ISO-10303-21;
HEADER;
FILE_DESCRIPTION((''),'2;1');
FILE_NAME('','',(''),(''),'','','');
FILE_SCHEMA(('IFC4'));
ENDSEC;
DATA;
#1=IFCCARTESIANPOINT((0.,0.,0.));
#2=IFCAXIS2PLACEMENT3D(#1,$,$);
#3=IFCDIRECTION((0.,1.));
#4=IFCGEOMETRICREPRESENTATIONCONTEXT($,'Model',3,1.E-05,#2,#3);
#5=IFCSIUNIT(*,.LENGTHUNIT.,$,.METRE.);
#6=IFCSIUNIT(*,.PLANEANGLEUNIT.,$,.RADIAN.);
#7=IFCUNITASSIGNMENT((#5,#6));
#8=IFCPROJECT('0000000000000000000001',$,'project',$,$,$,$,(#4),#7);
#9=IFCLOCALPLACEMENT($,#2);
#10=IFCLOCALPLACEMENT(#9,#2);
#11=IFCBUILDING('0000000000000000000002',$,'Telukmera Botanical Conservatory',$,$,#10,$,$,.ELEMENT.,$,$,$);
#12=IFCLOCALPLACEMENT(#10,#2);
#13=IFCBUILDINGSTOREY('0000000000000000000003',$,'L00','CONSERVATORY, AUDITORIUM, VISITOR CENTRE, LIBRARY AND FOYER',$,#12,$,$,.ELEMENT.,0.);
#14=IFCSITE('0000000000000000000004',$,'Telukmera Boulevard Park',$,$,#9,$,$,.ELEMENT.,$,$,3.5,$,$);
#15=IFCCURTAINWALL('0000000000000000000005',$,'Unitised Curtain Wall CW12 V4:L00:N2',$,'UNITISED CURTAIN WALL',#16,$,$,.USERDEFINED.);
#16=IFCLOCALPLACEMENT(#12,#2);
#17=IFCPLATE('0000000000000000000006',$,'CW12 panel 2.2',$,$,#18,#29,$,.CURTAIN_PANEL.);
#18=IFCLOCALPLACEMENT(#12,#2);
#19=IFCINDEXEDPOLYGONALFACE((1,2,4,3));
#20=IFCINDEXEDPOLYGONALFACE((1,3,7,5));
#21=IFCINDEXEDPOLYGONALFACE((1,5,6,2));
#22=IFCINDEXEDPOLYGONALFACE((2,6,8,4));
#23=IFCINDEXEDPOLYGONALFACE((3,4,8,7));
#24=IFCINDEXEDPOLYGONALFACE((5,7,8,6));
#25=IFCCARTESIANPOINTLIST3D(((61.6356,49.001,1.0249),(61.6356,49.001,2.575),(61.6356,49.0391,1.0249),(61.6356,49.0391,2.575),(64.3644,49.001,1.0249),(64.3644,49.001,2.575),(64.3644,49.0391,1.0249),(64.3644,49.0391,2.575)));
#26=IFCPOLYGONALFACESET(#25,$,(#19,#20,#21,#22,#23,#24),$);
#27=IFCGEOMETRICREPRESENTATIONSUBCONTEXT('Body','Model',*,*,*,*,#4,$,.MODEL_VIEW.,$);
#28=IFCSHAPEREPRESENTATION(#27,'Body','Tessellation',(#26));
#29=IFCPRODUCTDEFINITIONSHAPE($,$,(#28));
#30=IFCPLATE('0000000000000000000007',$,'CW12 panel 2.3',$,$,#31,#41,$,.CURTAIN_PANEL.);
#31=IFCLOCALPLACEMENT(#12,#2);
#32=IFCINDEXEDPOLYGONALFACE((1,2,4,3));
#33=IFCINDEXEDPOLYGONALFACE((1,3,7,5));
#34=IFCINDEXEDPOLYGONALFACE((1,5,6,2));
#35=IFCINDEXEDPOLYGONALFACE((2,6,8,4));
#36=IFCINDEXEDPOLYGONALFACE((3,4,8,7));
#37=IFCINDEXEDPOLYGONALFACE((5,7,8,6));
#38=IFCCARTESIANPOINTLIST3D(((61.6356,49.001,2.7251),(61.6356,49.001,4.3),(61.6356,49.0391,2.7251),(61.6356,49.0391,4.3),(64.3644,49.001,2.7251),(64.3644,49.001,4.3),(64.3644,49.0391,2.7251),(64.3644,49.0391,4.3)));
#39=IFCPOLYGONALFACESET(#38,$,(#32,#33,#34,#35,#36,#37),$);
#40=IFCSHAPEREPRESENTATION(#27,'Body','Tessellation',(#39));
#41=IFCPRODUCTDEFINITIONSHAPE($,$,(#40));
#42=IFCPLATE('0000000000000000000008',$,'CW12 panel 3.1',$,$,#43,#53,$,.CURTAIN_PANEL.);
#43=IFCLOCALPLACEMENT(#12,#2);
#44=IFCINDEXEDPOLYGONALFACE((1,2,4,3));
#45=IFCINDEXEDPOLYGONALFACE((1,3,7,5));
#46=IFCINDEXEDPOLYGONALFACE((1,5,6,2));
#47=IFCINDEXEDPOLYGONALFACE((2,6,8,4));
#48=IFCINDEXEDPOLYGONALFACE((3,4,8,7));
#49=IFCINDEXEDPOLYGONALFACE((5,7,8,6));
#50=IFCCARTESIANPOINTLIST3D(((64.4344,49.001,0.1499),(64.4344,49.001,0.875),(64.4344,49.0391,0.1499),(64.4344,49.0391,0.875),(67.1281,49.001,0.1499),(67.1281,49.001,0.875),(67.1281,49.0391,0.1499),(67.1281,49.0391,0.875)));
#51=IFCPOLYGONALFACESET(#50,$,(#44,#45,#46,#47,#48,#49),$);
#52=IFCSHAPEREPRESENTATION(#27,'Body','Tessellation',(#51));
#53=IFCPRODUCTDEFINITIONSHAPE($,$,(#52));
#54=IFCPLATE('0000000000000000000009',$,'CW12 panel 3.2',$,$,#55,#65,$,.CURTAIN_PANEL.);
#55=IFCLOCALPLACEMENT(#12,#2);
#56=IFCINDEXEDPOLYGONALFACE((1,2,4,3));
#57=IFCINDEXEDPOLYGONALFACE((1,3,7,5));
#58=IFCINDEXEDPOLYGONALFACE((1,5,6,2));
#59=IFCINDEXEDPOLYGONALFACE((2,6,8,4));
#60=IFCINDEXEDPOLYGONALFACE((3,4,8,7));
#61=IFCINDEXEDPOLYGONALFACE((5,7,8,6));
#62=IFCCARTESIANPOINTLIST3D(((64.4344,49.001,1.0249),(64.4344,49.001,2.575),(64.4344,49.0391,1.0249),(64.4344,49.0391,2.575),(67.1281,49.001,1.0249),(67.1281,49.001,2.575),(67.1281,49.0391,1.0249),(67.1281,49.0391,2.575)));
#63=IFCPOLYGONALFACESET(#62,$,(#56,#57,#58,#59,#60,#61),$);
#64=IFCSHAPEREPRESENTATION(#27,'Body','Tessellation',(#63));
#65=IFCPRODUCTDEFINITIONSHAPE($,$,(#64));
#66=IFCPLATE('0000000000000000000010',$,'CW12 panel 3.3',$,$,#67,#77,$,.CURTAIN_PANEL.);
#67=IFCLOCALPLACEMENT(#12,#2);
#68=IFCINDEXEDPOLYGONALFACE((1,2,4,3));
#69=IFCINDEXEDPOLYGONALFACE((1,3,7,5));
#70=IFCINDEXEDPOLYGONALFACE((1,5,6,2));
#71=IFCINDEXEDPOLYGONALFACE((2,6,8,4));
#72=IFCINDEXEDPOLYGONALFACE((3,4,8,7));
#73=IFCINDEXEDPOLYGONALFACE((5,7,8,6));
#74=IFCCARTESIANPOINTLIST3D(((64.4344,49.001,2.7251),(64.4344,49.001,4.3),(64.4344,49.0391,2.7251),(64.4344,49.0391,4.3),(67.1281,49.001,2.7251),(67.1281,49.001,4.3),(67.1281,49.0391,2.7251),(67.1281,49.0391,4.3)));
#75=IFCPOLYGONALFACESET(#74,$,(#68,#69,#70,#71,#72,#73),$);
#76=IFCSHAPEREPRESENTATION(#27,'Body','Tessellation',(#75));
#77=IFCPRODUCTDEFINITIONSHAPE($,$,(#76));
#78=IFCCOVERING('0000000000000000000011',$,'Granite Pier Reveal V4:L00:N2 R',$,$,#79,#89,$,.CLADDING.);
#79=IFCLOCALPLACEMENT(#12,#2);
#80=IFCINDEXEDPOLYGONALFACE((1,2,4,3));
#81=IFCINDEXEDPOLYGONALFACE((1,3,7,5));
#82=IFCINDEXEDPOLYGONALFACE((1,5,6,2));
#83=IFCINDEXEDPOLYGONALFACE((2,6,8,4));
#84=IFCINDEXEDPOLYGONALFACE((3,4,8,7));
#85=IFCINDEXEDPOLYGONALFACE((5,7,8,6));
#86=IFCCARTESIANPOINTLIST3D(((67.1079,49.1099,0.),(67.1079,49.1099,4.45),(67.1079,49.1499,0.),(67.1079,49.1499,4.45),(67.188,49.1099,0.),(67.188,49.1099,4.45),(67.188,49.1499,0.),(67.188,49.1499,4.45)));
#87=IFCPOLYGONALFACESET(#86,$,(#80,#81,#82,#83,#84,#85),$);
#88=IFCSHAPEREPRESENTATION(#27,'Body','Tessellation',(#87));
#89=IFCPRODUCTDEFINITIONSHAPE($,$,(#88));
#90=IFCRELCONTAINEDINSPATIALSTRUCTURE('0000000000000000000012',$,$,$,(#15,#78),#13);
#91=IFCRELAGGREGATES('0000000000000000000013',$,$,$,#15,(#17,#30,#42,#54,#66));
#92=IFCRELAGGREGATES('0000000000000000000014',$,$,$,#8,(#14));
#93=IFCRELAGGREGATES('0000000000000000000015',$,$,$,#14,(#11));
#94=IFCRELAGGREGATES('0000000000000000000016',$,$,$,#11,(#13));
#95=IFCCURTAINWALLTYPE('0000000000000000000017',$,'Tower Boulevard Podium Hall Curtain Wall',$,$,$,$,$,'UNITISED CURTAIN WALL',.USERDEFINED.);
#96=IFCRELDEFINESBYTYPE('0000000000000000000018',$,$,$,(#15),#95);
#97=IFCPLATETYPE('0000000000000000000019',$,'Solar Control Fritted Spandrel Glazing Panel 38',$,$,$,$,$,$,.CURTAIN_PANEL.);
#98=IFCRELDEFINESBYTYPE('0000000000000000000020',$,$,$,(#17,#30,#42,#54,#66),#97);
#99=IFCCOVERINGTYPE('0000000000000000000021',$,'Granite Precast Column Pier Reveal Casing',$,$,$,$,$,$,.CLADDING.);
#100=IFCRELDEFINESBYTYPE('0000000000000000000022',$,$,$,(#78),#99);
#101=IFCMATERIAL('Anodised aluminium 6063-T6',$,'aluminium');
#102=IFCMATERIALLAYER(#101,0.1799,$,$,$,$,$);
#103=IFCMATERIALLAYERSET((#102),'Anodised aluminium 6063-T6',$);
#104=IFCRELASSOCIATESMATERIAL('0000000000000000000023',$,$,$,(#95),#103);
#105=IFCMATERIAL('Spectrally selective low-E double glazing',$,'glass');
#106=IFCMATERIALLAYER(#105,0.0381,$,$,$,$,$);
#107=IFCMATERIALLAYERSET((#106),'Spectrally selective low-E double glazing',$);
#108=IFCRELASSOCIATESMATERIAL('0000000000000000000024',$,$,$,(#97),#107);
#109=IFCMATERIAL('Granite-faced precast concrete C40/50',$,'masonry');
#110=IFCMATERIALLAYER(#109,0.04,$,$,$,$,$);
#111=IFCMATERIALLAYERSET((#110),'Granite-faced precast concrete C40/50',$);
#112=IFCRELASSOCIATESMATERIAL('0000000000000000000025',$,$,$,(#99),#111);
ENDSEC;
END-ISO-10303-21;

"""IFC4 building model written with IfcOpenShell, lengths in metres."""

from ifc_helpers import new_model, si_unit, direction, frame, origin, origin_2d, place, context, subcontext, project, spatial, rectangle, extrude, material, layer, layer_set, type_object, element, aggregate, save


model = new_model("IFC4")

# Units and contexts
model_context = context("Model", 3, precision=1e-05, world=origin(), true_north=direction((0.0, 1.0)))
body_context = subcontext(model_context, "Body", "Model", "MODEL_VIEW")
ifc_project = project(units=[si_unit("LENGTHUNIT", "METRE"), si_unit("PLANEANGLEUNIT", "RADIAN")], contexts=[model_context])

# Site, building, storey
site_placement = place(None, origin())
site = spatial("IfcSite", under=ifc_project, at=site_placement, Name="Telukmera Boulevard Park", CompositionType="ELEMENT", RefElevation=3.5)
building_placement = place(site_placement, origin())
building = spatial("IfcBuilding", under=site, at=building_placement, Name="Telukmera Botanical Conservatory", CompositionType="ELEMENT")
storey_placement = place(building_placement, origin())
storey = spatial("IfcBuildingStorey", under=building, at=storey_placement, Name="L00", Description="CONSERVATORY, AUDITORIUM, VISITOR CENTRE, LIBRARY AND FOYER", CompositionType="ELEMENT", Elevation=0.0)

# Curtain wall, plates
ifc_material_1 = material(Name="Anodised aluminium 6063-T6", Category="aluminium")
ifc_layer_1 = layer(ifc_material_1, 0.1799)
ifc_layer_set_1 = layer_set([ifc_layer_1], Name="Anodised aluminium 6063-T6")
curtain_wall_type = type_object("IfcCurtainWallType", Name="Tower Boulevard Podium Hall Curtain Wall", ElementType="UNITISED CURTAIN WALL", PredefinedType="USERDEFINED", material=ifc_layer_set_1)
curtain_wall_placement = place(storey_placement, origin())
curtain_wall = element("IfcCurtainWall", 1, at=curtain_wall_placement, inside=storey, type_object=curtain_wall_type, Name="Unitised Curtain Wall CW12 V4:L00:N2", ObjectType="UNITISED CURTAIN WALL", PredefinedType="USERDEFINED")
ifc_material_2 = material(Name="Spectrally selective low-E double glazing", Category="glass")
ifc_layer_2 = layer(ifc_material_2, 0.0381)
ifc_layer_set_2 = layer_set([ifc_layer_2], Name="Spectrally selective low-E double glazing")
plate_type = type_object("IfcPlateType", Name="Solar Control Fritted Spandrel Glazing Panel 38", PredefinedType="CURTAIN_PANEL", material=ifc_layer_set_2)
plate_1_placement = place(storey_placement, frame((63.0, 49.02, 1.0249), z_axis=(0.0, 0.0, 1.0), x_axis=(1.0, 0.0, 0.0)))
plate_1 = element("IfcPlate", 2, at=plate_1_placement, type_object=plate_type, Name="CW12 panel 2.2", PredefinedType="CURTAIN_PANEL", context=body_context, shape_type="SweptSolid", body=[
    extrude(rectangle(XDim=2.7288, YDim=0.0381, at=origin_2d()), origin(), (0.0, 0.0, 1.0), 1.55),
])
plate_2_placement = place(storey_placement, frame((63.0, 49.02, 2.7251), z_axis=(0.0, 0.0, 1.0), x_axis=(1.0, 0.0, 0.0)))
plate_2 = element("IfcPlate", 3, at=plate_2_placement, type_object=plate_type, Name="CW12 panel 2.3", PredefinedType="CURTAIN_PANEL", context=body_context, shape_type="SweptSolid", body=[
    extrude(rectangle(XDim=2.7288, YDim=0.0381, at=origin_2d()), origin(), (0.0, 0.0, 1.0), 1.575),
])
plate_3_placement = place(storey_placement, frame((65.7812, 49.02, 0.1499), z_axis=(0.0, 0.0, 1.0), x_axis=(1.0, 0.0, 0.0)))
plate_3 = element("IfcPlate", 4, at=plate_3_placement, type_object=plate_type, Name="CW12 panel 3.1", PredefinedType="CURTAIN_PANEL", context=body_context, shape_type="SweptSolid", body=[
    extrude(rectangle(XDim=2.6936, YDim=0.0381, at=origin_2d()), origin(), (0.0, 0.0, 1.0), 0.7251),
])
plate_4_placement = place(storey_placement, frame((65.7812, 49.02, 1.0249), z_axis=(0.0, 0.0, 1.0), x_axis=(1.0, 0.0, 0.0)))
plate_4 = element("IfcPlate", 5, at=plate_4_placement, type_object=plate_type, Name="CW12 panel 3.2", PredefinedType="CURTAIN_PANEL", context=body_context, shape_type="SweptSolid", body=[
    extrude(rectangle(XDim=2.6936, YDim=0.0381, at=origin_2d()), origin(), (0.0, 0.0, 1.0), 1.55),
])
plate_5_placement = place(storey_placement, frame((65.7812, 49.02, 2.7251), z_axis=(0.0, 0.0, 1.0), x_axis=(1.0, 0.0, 0.0)))
plate_5 = element("IfcPlate", 6, at=plate_5_placement, type_object=plate_type, Name="CW12 panel 3.3", PredefinedType="CURTAIN_PANEL", context=body_context, shape_type="SweptSolid", body=[
    extrude(rectangle(XDim=2.6936, YDim=0.0381, at=origin_2d()), origin(), (0.0, 0.0, 1.0), 1.575),
])
aggregate(curtain_wall, [plate_1, plate_2, plate_3, plate_4, plate_5])

# Covering
ifc_material_3 = material(Name="Granite-faced precast concrete C40/50", Category="masonry")
ifc_layer_3 = layer(ifc_material_3, 0.04)
ifc_layer_set_3 = layer_set([ifc_layer_3], Name="Granite-faced precast concrete C40/50")
covering_type = type_object("IfcCoveringType", Name="Granite Precast Column Pier Reveal Casing", PredefinedType="CLADDING", material=ifc_layer_set_3)
covering_placement = place(storey_placement, frame((67.1479, 49.1299, 0.0), z_axis=(0.0, 0.0, 1.0), x_axis=(1.0, 0.0, 0.0)))
element("IfcCovering", 7, at=covering_placement, inside=storey, type_object=covering_type, Name="Granite Pier Reveal V4:L00:N2 R", PredefinedType="CLADDING", context=body_context, shape_type="SweptSolid", body=[
    extrude(rectangle(XDim=0.0801, YDim=0.04, at=origin_2d()), origin(), (0.0, 0.0, 1.0), 4.45),
])

save(model, "model.ifc")
